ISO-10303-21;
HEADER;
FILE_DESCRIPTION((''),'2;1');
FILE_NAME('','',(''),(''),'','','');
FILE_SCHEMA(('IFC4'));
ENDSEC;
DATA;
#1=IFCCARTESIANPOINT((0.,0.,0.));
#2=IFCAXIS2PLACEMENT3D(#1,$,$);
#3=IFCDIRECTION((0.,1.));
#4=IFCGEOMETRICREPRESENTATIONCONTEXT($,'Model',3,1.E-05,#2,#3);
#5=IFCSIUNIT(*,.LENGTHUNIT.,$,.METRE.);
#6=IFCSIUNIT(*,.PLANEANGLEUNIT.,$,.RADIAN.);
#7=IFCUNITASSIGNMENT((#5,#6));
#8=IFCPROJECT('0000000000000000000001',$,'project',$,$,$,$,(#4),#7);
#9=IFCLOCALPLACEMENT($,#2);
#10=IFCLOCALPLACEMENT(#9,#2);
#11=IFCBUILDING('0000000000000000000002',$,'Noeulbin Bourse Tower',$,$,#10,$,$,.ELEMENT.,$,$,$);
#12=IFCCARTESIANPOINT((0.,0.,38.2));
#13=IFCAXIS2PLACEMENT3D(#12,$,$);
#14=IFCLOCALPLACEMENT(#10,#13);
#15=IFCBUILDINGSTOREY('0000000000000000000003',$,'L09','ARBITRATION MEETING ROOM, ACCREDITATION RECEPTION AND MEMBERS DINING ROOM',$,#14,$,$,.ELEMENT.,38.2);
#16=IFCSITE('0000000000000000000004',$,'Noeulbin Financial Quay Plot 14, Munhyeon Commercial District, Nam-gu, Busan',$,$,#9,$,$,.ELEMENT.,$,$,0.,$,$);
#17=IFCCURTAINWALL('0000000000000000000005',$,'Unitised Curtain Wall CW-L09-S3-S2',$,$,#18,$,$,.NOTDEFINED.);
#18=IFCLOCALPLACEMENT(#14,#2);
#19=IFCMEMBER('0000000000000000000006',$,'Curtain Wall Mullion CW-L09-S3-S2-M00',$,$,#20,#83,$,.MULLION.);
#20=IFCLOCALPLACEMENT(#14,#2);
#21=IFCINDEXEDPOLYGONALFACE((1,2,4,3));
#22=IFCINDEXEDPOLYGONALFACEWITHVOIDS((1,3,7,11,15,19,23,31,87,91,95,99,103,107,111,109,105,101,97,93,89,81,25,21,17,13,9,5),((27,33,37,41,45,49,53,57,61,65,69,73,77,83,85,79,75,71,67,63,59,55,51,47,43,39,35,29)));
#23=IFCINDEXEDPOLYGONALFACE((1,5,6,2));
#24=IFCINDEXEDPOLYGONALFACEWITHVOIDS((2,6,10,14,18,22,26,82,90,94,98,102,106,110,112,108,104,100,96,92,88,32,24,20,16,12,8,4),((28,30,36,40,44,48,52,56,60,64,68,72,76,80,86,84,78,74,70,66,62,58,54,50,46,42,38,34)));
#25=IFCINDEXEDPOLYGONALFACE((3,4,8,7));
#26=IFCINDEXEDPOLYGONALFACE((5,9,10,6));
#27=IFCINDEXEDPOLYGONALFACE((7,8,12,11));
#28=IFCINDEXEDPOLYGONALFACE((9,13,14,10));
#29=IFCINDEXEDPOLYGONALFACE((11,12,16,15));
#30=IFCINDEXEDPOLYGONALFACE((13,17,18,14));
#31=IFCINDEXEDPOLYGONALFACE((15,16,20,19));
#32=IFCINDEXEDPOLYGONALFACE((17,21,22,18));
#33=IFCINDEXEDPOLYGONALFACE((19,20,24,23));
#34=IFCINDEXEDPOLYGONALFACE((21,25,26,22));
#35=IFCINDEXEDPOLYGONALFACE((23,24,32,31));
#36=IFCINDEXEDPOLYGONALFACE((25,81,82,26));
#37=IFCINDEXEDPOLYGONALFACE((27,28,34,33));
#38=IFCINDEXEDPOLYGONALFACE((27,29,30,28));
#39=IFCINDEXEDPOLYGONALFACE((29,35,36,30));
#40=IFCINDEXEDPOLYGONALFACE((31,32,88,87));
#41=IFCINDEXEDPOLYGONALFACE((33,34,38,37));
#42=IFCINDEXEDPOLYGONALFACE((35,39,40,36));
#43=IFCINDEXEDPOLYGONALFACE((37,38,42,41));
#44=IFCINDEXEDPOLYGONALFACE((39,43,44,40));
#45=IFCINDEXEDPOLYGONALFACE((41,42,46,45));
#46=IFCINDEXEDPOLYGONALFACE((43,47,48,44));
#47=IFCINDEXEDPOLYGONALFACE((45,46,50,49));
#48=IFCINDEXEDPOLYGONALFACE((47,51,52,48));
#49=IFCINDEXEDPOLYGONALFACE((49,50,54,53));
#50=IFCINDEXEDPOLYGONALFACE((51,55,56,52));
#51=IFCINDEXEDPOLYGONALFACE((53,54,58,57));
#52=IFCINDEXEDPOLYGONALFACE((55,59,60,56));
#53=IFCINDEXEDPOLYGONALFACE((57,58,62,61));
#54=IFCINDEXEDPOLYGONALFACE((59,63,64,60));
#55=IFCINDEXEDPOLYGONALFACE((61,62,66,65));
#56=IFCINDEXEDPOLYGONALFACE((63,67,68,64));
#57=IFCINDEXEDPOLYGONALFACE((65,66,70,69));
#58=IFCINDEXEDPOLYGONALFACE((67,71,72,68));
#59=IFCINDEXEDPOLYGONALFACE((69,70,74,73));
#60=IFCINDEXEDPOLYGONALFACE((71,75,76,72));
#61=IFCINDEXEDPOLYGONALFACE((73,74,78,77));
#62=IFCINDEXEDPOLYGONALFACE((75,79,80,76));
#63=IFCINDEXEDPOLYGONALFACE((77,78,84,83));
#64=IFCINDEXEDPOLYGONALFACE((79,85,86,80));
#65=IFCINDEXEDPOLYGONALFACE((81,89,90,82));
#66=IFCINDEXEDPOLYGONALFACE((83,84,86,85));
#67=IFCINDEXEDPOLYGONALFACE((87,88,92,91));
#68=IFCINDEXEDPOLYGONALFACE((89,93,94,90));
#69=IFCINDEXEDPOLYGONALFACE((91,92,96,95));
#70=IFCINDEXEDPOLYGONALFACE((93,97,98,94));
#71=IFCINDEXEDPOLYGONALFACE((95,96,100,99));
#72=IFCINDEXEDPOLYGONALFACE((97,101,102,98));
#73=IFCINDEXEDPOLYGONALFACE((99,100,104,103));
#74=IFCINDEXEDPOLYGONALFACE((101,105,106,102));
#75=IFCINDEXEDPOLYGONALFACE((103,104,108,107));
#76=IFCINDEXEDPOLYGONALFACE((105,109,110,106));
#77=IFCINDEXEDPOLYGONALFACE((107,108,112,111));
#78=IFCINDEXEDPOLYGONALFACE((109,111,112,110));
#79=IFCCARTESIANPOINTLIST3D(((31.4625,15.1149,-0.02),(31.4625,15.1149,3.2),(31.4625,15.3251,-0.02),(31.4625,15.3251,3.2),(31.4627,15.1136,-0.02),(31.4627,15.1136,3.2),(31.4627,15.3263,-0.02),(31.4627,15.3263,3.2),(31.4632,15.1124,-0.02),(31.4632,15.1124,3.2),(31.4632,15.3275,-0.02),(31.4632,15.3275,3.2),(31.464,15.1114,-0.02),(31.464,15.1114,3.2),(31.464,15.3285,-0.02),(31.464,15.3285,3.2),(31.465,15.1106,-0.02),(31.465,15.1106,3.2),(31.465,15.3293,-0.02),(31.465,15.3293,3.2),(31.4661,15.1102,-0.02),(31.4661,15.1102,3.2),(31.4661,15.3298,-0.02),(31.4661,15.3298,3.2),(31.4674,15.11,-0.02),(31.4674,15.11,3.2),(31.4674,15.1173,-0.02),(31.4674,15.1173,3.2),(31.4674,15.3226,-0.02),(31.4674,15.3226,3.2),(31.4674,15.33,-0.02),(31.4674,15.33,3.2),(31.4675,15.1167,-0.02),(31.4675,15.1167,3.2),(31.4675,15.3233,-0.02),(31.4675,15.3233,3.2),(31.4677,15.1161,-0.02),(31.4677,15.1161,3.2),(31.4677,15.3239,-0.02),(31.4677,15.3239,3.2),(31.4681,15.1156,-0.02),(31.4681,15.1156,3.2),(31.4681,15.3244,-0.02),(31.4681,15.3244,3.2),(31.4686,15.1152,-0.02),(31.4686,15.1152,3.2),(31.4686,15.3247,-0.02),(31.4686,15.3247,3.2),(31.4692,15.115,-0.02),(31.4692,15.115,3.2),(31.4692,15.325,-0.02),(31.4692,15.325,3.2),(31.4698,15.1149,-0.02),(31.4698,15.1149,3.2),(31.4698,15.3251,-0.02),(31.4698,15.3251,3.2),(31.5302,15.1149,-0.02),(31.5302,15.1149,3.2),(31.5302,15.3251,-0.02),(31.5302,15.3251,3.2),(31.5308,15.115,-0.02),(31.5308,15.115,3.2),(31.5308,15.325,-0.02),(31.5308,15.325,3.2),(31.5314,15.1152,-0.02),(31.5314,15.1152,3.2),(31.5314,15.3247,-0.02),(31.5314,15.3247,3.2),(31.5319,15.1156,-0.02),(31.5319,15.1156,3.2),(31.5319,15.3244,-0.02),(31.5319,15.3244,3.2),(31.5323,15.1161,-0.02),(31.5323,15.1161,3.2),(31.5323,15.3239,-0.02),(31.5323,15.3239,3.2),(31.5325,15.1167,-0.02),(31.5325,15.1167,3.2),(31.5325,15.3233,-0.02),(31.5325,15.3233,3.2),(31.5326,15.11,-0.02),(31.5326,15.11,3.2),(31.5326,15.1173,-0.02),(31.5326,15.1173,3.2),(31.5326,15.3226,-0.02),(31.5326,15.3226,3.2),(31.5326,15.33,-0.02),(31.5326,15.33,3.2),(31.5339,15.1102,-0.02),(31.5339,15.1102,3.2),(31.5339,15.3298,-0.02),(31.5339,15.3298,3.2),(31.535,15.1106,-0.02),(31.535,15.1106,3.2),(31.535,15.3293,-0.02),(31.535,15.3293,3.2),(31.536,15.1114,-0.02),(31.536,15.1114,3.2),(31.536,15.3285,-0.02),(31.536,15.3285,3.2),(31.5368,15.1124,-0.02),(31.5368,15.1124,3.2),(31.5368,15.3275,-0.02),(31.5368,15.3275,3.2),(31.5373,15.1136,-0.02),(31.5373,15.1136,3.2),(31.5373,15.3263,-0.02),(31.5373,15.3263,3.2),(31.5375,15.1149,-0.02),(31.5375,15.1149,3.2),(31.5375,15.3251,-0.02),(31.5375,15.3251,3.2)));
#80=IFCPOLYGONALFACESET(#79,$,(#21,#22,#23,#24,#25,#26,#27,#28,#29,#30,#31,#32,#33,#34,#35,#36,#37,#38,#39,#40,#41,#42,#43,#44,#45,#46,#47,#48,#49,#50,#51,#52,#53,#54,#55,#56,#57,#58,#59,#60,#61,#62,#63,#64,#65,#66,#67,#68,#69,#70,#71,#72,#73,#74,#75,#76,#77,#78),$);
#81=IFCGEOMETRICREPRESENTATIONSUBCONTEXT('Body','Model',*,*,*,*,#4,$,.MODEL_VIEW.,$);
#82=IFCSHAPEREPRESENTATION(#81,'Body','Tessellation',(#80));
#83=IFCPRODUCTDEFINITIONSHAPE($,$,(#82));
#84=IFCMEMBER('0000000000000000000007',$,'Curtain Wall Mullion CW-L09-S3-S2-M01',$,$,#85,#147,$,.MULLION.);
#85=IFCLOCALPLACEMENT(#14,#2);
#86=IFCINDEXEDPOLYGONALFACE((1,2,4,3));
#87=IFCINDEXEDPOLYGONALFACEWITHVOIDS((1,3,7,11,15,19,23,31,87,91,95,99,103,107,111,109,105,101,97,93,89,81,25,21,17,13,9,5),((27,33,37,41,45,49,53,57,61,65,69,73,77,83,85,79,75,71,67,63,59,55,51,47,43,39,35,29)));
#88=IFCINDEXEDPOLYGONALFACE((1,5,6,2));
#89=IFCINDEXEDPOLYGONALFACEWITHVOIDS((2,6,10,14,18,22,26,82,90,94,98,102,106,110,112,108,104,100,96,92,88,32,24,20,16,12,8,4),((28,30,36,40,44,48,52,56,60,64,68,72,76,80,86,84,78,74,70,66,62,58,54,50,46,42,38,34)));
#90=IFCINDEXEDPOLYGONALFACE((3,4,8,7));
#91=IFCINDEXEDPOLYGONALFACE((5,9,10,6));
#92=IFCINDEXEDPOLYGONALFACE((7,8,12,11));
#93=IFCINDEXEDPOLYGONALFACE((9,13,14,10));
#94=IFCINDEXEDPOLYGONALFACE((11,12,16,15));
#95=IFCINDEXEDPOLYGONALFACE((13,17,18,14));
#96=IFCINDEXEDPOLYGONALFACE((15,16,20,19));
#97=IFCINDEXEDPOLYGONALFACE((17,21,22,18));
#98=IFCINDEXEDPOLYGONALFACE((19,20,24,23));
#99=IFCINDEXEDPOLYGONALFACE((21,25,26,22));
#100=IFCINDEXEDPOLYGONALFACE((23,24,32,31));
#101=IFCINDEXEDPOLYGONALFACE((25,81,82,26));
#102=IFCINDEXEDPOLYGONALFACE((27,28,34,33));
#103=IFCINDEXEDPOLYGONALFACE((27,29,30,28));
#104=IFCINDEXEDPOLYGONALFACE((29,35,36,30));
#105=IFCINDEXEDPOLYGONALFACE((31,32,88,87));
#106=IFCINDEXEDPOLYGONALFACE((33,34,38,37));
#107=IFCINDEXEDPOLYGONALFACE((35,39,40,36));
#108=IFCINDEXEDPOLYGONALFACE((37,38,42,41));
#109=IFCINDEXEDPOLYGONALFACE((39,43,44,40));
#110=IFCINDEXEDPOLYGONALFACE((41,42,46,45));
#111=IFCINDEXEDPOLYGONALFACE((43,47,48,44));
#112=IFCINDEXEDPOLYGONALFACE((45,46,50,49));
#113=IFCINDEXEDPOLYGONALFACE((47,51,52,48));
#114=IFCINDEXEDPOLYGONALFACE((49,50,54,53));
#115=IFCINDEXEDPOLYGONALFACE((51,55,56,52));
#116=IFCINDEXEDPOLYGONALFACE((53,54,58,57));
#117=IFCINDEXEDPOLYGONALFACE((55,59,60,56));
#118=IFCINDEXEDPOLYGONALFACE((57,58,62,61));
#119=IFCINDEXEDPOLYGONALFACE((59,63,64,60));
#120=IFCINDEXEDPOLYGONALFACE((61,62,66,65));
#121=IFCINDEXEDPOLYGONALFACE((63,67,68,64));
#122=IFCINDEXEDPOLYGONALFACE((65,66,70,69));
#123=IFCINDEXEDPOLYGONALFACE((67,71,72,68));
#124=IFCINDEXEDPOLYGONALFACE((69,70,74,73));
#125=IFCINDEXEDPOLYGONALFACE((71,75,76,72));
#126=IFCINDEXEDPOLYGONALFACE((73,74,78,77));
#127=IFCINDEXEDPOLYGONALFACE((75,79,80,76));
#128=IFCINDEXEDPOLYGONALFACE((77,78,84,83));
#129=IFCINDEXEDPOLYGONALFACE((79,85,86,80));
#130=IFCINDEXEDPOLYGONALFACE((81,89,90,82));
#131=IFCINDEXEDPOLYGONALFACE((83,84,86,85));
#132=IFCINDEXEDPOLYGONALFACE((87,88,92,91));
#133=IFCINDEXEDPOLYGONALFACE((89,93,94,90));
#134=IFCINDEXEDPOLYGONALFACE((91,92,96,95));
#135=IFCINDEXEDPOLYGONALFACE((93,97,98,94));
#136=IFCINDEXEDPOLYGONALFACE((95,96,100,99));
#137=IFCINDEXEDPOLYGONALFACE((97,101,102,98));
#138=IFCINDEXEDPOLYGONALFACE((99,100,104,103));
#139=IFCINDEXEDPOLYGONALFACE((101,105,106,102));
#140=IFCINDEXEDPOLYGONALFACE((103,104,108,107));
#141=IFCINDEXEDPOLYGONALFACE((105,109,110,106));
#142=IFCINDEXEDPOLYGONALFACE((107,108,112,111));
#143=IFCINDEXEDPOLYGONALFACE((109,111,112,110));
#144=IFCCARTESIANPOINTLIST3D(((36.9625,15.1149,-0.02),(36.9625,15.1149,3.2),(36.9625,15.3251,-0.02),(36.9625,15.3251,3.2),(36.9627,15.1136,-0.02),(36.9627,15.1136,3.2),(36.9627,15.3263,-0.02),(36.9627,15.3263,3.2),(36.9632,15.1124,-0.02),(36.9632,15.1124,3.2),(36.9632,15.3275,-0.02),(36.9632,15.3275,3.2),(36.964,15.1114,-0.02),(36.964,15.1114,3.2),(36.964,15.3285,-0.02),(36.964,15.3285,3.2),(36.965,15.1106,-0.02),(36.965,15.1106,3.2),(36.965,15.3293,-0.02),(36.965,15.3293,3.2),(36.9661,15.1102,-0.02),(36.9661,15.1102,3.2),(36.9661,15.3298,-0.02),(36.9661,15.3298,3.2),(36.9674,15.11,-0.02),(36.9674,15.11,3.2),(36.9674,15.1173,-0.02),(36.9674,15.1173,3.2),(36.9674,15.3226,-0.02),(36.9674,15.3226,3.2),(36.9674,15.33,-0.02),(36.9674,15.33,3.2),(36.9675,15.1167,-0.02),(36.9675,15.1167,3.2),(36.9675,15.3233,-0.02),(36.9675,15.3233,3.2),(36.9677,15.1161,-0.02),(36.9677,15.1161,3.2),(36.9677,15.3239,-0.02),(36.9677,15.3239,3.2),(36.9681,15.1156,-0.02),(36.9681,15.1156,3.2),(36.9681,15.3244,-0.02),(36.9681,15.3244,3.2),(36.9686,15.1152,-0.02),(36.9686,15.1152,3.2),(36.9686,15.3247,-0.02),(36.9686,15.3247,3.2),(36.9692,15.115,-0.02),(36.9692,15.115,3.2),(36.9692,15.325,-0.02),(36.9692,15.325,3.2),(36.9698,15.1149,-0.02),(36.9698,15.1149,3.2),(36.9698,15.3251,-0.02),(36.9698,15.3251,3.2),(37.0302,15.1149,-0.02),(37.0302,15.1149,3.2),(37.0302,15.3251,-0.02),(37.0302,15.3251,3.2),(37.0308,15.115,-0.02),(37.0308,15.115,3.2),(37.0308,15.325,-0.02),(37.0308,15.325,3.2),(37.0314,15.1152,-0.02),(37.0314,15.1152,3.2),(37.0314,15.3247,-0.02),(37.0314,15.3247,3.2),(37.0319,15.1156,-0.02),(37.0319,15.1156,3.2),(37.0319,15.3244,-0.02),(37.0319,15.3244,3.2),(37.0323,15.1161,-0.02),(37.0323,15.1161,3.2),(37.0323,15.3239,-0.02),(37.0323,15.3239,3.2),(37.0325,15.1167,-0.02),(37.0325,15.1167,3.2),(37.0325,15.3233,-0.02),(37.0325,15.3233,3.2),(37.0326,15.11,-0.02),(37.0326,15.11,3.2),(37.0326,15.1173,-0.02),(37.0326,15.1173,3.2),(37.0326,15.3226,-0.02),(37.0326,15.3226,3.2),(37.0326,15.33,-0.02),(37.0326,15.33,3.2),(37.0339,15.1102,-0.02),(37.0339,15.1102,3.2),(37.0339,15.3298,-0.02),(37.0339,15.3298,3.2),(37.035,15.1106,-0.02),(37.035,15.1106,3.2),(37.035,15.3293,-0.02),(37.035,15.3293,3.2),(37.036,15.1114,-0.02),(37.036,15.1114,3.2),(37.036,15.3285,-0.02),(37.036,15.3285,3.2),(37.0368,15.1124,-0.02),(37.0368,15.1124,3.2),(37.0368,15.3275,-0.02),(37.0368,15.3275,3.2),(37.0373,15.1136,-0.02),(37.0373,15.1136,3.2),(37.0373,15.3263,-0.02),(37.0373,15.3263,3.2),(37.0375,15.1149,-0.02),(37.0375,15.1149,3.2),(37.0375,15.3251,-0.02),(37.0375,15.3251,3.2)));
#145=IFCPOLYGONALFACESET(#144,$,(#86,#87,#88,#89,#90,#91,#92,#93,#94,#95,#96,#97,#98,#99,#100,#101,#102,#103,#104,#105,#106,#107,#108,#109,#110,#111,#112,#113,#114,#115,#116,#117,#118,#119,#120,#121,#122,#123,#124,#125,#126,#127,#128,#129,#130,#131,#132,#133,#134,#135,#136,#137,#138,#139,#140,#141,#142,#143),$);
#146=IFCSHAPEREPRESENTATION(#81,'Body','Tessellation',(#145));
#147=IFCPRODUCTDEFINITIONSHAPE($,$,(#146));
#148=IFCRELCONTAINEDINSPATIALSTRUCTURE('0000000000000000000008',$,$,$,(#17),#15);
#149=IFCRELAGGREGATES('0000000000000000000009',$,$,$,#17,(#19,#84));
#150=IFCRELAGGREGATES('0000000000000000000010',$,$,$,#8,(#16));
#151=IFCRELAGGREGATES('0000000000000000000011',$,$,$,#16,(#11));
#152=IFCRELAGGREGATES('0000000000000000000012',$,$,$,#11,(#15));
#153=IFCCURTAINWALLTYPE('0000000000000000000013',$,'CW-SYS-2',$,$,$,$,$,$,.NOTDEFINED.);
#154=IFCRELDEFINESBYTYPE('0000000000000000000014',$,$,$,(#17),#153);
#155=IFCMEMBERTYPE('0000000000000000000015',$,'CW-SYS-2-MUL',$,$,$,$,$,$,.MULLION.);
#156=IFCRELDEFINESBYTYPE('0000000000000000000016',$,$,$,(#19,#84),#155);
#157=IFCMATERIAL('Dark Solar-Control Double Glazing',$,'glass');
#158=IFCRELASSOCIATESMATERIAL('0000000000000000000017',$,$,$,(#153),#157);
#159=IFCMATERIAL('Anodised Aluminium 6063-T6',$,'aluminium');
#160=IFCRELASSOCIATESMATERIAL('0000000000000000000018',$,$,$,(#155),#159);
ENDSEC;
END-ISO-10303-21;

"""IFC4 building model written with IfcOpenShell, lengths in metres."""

from ifc_helpers import new_model, si_unit, direction, frame, origin, origin_2d, place, context, subcontext, project, spatial, hollow_rectangle, extrude, material, material_profile, profile_set, type_object, element, aggregate, save


model = new_model("IFC4")

# Units and contexts
model_context = context("Model", 3, precision=1e-05, world=origin(), true_north=direction((0.0, 1.0)))
body_context = subcontext(model_context, "Body", "Model", "MODEL_VIEW")
ifc_project = project(units=[si_unit("LENGTHUNIT", "METRE"), si_unit("PLANEANGLEUNIT", "RADIAN")], contexts=[model_context])

# Site, building, storey
site_placement = place(None, origin())
site = spatial("IfcSite", under=ifc_project, at=site_placement, Name="Noeulbin Financial Quay Plot 14, Munhyeon Commercial District, Nam-gu, Busan", CompositionType="ELEMENT", RefElevation=0.0)
building_placement = place(site_placement, origin())
building = spatial("IfcBuilding", under=site, at=building_placement, Name="Noeulbin Bourse Tower", CompositionType="ELEMENT")
storey_placement = place(building_placement, frame((0.0, 0.0, 38.2)))
storey = spatial("IfcBuildingStorey", under=building, at=storey_placement, Name="L09", Description="ARBITRATION MEETING ROOM, ACCREDITATION RECEPTION AND MEMBERS DINING ROOM", CompositionType="ELEMENT", Elevation=38.2)

# Curtain wall, members
ifc_material_1 = material(Name="Dark Solar-Control Double Glazing", Category="glass")
curtain_wall_type = type_object("IfcCurtainWallType", Name="CW-SYS-2", PredefinedType="NOTDEFINED", material=ifc_material_1)
ifc_material_2 = material(Name="Anodised Aluminium 6063-T6", Category="aluminium")
ifc_material_profile_1 = material_profile(ifc_material_2, hollow_rectangle(XDim=0.075, YDim=0.22, WallThickness=0.0049, InnerFilletRadius=0.0024, OuterFilletRadius=0.0049, at=origin_2d()), Name="ALU-MULL-75x220x5", Category="LoadBearing")
ifc_profile_set_1 = profile_set([ifc_material_profile_1], Name="Anodised Aluminium 6063-T6")
member_type_1 = type_object("IfcMemberType", Name="CW-SYS-2-MUL", PredefinedType="MULLION", material=ifc_profile_set_1)
curtain_wall_1_placement = place(storey_placement, origin())
curtain_wall_1 = element("IfcCurtainWall", 1, at=curtain_wall_1_placement, inside=storey, type_object=curtain_wall_type, Name="Unitised Curtain Wall CW-L09-S3-S2", PredefinedType="NOTDEFINED")
member_1_placement = place(storey_placement, frame((31.5, 15.22, -0.02), z_axis=(0.0, 0.0, 1.0), x_axis=(1.0, 0.0, 0.0)))
member_1 = element("IfcMember", 2, at=member_1_placement, type_object=member_type_1, Name="Curtain Wall Mullion CW-L09-S3-S2-M00", PredefinedType="MULLION", context=body_context, shape_type="SweptSolid", body=[
    extrude(hollow_rectangle(XDim=0.075, YDim=0.22, WallThickness=0.0049, InnerFilletRadius=0.0024, OuterFilletRadius=0.0049, at=origin_2d()), origin(), (0.0, 0.0, 1.0), 3.22),
])
member_2_placement = place(storey_placement, frame((37.0, 15.22, -0.02), z_axis=(0.0, 0.0, 1.0), x_axis=(1.0, 0.0, 0.0)))
member_2 = element("IfcMember", 3, at=member_2_placement, type_object=member_type_1, Name="Curtain Wall Mullion CW-L09-S3-S2-M01", PredefinedType="MULLION", context=body_context, shape_type="SweptSolid", body=[
    extrude(hollow_rectangle(XDim=0.075, YDim=0.22, WallThickness=0.0049, InnerFilletRadius=0.0024, OuterFilletRadius=0.0049, at=origin_2d()), origin(), (0.0, 0.0, 1.0), 3.22),
])

aggregate(curtain_wall_1, [member_1, member_2])

save(model, "model.ifc")
